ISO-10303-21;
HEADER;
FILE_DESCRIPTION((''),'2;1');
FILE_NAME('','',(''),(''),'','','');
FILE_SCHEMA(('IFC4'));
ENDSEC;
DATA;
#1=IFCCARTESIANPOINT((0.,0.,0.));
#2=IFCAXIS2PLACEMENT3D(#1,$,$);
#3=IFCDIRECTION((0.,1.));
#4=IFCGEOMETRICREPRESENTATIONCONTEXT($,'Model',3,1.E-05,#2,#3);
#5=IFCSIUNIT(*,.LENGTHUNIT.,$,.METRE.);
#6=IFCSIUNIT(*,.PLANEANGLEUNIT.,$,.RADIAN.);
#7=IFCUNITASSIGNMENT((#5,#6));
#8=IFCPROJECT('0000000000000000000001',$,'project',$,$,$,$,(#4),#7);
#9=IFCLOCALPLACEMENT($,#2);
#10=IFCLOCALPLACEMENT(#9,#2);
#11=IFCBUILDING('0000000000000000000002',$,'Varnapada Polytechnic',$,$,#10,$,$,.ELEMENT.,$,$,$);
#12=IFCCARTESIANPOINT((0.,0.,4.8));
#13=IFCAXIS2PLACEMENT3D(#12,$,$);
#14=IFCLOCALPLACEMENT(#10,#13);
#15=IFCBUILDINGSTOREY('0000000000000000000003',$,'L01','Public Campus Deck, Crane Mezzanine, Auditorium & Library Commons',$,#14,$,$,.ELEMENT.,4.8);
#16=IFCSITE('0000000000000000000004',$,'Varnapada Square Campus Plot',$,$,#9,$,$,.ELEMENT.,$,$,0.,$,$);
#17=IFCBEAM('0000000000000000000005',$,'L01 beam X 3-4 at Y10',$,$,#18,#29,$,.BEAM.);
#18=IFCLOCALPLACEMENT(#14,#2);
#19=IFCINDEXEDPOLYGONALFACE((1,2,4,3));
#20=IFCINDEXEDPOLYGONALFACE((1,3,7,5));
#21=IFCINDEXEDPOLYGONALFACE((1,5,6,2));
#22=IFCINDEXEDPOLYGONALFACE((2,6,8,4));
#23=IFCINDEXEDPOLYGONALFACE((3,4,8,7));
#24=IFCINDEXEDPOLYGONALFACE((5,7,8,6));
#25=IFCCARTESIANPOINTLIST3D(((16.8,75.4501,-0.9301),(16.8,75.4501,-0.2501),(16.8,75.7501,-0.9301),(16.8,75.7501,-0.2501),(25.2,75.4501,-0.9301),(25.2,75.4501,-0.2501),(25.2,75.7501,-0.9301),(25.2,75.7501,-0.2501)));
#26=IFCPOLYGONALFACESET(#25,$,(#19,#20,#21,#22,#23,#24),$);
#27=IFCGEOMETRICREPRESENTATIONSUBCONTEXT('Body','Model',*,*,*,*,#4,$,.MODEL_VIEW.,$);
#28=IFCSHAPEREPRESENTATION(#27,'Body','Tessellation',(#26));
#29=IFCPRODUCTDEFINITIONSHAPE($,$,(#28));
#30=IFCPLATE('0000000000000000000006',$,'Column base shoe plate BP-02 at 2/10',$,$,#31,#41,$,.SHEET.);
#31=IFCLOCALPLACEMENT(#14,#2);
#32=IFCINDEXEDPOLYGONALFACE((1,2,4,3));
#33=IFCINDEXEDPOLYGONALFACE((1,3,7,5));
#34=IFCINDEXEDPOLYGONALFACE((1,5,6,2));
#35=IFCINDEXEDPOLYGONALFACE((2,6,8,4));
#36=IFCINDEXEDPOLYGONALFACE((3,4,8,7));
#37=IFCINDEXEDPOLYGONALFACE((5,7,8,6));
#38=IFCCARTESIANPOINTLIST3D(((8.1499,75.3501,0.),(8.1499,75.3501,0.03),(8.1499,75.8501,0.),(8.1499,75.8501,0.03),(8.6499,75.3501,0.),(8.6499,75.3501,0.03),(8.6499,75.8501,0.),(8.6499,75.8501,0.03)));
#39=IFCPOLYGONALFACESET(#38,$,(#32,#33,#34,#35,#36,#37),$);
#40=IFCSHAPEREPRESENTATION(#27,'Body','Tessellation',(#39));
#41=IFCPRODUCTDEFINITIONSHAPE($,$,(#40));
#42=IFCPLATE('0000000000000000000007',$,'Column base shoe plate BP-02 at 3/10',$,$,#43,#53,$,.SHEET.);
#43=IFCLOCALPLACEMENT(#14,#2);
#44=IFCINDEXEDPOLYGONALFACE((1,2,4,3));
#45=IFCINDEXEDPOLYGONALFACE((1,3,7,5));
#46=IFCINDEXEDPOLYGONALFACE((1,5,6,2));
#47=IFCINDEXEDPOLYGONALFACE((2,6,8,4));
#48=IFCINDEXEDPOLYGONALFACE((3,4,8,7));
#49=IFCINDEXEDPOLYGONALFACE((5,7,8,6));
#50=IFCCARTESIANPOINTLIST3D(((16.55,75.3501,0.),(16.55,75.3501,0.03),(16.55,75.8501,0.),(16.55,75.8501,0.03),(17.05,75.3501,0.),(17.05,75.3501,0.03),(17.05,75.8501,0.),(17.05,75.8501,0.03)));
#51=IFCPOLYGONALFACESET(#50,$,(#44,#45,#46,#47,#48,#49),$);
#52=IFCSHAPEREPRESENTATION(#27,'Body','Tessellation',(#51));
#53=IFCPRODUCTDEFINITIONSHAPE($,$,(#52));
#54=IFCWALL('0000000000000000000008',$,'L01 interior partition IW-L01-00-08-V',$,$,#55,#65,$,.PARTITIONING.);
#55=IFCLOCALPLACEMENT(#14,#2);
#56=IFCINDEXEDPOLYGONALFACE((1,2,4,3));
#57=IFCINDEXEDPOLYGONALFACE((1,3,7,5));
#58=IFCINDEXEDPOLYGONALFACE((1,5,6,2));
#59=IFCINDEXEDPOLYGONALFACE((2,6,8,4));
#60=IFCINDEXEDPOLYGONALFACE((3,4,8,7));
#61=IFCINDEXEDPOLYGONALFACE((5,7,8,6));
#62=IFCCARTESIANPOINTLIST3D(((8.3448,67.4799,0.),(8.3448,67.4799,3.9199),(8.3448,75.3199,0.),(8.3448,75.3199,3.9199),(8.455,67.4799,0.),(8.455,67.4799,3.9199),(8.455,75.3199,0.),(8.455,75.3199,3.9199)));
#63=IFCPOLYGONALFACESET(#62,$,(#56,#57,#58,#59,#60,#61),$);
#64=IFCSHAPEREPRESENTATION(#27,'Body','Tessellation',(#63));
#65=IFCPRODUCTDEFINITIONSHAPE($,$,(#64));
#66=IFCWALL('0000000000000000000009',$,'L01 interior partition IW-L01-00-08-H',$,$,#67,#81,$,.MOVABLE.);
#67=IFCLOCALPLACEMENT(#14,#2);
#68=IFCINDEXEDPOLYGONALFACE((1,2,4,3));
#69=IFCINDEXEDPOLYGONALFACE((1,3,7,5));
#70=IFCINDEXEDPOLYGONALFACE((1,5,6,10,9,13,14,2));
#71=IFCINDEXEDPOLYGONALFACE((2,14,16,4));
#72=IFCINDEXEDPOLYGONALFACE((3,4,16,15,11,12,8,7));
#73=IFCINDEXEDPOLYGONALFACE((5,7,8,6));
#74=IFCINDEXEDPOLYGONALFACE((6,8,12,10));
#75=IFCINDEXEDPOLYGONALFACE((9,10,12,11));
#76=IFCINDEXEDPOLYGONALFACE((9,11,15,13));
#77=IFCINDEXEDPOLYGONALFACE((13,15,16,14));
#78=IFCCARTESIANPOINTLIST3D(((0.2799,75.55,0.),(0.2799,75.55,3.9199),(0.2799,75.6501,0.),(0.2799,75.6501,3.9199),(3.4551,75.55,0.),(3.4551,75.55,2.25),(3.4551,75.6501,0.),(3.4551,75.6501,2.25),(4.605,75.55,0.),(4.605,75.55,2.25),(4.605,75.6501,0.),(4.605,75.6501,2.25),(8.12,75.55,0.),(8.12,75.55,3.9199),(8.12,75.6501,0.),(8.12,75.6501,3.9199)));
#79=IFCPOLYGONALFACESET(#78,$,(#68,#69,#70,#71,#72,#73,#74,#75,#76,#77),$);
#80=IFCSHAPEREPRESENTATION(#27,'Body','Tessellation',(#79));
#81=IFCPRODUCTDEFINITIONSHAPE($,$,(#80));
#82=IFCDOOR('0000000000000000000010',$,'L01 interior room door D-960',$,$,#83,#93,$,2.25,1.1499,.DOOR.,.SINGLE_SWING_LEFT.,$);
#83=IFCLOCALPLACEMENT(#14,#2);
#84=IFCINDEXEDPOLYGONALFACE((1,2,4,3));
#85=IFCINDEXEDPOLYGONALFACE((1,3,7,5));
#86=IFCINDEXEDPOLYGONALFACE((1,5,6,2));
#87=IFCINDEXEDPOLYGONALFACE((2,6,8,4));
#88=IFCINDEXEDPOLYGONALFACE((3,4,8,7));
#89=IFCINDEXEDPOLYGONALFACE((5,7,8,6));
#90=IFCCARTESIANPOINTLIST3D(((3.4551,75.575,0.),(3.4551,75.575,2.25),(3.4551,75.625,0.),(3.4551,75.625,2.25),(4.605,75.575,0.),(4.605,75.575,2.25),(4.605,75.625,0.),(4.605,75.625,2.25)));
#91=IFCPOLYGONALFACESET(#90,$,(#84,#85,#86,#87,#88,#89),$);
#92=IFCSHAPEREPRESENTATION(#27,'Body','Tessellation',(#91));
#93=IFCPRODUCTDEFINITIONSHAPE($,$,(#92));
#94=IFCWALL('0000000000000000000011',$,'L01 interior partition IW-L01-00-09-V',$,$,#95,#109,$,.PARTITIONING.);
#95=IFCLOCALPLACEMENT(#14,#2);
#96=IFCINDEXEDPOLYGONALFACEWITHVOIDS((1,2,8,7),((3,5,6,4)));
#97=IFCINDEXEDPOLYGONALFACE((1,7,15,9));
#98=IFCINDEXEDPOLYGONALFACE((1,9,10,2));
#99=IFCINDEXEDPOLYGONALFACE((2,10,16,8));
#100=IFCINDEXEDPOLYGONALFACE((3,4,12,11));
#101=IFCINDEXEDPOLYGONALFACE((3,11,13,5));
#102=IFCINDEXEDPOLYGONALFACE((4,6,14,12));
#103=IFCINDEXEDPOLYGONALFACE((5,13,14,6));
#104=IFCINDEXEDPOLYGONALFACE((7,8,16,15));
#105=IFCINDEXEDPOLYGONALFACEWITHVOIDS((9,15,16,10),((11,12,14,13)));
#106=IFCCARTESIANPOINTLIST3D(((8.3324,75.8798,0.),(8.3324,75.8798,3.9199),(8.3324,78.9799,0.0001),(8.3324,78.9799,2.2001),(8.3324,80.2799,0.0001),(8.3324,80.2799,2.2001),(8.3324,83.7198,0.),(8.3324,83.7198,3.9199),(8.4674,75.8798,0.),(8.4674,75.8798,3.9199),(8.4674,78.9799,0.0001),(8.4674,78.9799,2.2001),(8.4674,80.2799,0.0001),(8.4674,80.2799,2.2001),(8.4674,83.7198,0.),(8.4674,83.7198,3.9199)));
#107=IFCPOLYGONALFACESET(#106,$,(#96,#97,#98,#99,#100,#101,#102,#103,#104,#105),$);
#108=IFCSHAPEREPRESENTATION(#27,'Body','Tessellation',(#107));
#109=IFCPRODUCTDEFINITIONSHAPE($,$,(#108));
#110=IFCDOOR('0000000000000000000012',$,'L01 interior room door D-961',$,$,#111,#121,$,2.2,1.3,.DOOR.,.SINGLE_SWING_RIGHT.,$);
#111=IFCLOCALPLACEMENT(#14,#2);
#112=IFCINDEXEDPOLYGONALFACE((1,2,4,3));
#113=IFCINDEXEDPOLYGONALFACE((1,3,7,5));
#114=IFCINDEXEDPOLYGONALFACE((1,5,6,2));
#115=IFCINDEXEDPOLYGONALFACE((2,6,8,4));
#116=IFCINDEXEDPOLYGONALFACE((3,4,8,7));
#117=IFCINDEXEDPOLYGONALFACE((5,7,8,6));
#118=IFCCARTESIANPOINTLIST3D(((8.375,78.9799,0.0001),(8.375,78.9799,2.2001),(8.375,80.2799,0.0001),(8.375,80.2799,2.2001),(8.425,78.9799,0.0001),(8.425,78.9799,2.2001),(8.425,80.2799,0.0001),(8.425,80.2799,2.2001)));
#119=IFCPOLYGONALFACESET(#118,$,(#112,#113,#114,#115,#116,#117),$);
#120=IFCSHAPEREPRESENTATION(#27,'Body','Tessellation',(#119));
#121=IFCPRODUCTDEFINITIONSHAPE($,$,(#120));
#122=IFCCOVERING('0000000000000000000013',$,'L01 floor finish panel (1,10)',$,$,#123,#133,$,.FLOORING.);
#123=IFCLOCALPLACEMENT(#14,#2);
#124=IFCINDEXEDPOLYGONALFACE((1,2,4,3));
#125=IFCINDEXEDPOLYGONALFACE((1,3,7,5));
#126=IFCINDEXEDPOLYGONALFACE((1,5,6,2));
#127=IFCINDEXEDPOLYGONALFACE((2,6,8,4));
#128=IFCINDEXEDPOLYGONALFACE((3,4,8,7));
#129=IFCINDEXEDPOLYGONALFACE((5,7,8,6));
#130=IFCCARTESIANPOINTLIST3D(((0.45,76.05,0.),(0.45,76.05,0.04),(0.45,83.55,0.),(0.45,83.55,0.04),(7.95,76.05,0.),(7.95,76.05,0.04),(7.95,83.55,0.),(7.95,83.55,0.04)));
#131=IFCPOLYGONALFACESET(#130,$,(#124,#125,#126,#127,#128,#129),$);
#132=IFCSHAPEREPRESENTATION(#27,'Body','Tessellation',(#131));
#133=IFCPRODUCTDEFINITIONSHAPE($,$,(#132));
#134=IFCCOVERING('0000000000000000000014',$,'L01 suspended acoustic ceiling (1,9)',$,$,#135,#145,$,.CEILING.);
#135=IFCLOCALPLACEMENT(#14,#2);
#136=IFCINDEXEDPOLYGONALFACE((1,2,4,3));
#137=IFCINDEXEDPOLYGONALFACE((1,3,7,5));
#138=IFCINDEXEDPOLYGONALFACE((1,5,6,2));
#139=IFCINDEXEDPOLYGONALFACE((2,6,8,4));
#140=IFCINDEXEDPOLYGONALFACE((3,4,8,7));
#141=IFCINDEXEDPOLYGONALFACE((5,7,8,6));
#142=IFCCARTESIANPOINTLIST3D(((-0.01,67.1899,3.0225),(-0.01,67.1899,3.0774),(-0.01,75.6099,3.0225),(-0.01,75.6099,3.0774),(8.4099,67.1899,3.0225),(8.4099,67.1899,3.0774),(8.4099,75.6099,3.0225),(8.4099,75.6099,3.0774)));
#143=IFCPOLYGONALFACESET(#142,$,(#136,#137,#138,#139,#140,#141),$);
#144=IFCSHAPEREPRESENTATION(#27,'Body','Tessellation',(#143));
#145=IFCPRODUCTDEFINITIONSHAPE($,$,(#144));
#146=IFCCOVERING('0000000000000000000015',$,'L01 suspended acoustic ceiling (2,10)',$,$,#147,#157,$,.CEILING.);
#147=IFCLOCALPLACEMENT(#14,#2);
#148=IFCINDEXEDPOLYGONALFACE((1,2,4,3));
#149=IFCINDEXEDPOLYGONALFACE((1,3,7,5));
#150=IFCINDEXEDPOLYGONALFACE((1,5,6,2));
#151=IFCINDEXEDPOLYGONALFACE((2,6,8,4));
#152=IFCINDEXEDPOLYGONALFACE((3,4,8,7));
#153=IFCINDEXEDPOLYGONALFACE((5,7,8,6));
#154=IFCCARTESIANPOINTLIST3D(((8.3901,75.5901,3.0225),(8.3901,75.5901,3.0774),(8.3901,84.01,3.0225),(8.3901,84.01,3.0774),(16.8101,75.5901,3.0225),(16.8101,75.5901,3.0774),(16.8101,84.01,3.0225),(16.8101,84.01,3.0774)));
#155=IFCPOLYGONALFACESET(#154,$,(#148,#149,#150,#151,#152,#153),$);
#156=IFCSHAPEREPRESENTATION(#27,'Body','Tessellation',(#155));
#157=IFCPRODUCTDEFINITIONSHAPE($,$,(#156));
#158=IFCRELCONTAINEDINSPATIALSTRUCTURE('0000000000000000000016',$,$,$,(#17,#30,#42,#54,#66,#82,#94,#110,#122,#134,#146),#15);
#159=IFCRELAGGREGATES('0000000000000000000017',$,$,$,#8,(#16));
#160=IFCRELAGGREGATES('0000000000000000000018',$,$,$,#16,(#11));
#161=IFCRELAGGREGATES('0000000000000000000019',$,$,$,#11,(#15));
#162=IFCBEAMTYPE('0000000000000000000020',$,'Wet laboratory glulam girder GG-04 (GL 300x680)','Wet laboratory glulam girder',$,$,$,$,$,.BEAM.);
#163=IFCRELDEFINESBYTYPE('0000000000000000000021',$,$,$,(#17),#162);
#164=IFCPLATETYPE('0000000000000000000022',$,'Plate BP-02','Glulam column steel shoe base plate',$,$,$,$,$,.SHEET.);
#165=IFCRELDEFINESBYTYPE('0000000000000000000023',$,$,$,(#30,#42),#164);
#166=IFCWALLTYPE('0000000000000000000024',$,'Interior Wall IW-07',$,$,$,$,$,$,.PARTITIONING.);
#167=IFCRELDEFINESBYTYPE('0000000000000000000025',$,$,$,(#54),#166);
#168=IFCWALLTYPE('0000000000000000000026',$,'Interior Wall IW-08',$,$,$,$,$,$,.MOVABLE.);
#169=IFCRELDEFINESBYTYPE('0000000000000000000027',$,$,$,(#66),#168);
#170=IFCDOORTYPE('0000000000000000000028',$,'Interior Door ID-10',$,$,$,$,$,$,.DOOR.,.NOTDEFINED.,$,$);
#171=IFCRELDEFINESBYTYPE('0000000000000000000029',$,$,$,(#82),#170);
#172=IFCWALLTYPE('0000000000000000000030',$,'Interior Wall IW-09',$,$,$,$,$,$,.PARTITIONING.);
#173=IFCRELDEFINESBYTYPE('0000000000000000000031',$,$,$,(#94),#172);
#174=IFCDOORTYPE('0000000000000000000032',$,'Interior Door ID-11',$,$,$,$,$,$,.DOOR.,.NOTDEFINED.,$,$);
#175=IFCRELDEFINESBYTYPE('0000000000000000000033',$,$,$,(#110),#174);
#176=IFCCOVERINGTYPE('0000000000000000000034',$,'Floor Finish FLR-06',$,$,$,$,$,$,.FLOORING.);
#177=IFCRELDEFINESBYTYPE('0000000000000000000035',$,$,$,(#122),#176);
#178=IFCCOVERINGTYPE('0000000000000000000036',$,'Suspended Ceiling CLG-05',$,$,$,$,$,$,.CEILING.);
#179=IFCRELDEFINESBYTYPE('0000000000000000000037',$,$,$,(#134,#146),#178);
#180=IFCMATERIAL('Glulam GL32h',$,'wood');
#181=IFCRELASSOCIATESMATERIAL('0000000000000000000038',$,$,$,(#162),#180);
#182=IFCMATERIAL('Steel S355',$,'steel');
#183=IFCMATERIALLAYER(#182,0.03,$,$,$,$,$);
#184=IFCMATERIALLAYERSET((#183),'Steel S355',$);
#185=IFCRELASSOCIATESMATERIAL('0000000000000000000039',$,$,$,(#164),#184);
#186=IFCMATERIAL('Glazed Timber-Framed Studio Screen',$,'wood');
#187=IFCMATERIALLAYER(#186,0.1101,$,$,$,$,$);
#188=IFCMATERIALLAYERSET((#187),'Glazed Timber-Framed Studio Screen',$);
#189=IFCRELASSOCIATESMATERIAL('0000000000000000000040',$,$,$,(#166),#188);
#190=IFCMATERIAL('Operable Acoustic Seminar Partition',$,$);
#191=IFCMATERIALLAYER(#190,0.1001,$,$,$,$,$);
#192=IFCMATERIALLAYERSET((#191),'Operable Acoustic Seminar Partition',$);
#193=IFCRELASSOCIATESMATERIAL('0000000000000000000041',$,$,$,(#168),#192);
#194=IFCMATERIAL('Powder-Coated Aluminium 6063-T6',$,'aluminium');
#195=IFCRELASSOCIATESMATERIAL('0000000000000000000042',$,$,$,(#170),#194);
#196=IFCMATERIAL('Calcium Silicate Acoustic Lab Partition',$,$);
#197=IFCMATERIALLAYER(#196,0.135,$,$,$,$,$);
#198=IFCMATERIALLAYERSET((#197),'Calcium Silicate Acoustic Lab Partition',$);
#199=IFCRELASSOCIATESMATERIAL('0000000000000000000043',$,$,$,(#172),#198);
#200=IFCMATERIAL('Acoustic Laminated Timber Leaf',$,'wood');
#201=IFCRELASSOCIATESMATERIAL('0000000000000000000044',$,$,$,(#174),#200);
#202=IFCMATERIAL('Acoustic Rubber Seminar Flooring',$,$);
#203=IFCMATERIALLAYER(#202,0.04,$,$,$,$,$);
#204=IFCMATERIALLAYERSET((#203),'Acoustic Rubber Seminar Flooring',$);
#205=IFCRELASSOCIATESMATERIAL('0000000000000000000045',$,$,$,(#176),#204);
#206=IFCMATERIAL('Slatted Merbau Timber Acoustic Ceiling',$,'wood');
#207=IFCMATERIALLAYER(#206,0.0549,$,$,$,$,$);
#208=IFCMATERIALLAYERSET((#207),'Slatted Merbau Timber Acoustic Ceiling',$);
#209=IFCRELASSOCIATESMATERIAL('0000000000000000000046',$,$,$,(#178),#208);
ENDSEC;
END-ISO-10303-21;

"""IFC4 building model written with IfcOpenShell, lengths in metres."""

from ifc_helpers import new_model, si_unit, direction, frame, frame_2d, origin, origin_2d, place, context, subcontext, project, spatial, rectangle, extrude, material, layer, layer_set, material_profile, profile_set, type_object, element, fill, save


model = new_model("IFC4")

# Units and contexts
model_context = context("Model", 3, precision=1e-05, world=origin(), true_north=direction((0.0, 1.0)))
body_context = subcontext(model_context, "Body", "Model", "MODEL_VIEW")
ifc_project = project(units=[si_unit("LENGTHUNIT", "METRE"), si_unit("PLANEANGLEUNIT", "RADIAN")], contexts=[model_context])

# Site, building, storey
site_placement = place(None, origin())
site = spatial("IfcSite", under=ifc_project, at=site_placement, Name="Varnapada Square Campus Plot", CompositionType="ELEMENT", RefElevation=0.0)
building_placement = place(site_placement, origin())
building = spatial("IfcBuilding", under=site, at=building_placement, Name="Varnapada Polytechnic", CompositionType="ELEMENT")
storey_placement = place(building_placement, frame((0.0, 0.0, 4.8)))
storey = spatial("IfcBuildingStorey", under=building, at=storey_placement, Name="L01", Description="Public Campus Deck, Crane Mezzanine, Auditorium & Library Commons", CompositionType="ELEMENT", Elevation=4.8)

# Shared definitions
ifc_material_1 = material(Name="Glulam GL32h", Category="wood")

# Beam
ifc_material_profile_1 = material_profile(ifc_material_1, rectangle(XDim=0.3, YDim=0.6799, at=origin_2d()), Name="GL 300x680")
ifc_profile_set_1 = profile_set([ifc_material_profile_1], Name="Glulam GL32h")
beam_type_1 = type_object("IfcBeamType", Name="Wet laboratory glulam girder GG-04 (GL 300x680)", Description="Wet laboratory glulam girder", PredefinedType="BEAM", material=ifc_profile_set_1)
for number, where, z_axis, x_axis, name in (
    (1, (16.8, 75.6001, -0.5901), (1.0, 0.0, 0.0), (0.0, 1.0, 0.0), "L01 beam X 3-4 at Y10"),
):
    element("IfcBeam", number, at=place(storey_placement, frame(where, z_axis=z_axis, x_axis=x_axis)), inside=storey, type_object=beam_type_1, Name=name, PredefinedType="BEAM", context=body_context, shape_type="SweptSolid", body=[
        extrude(rectangle(XDim=0.3, YDim=0.6799, at=origin_2d()), origin(), (0.0, 0.0, 1.0), 8.3999),
    ])

# Plates
ifc_material_2 = material(Name="Steel S355", Category="steel")
ifc_layer_1 = layer(ifc_material_2, 0.03)
ifc_layer_set_1 = layer_set([ifc_layer_1], Name="Steel S355")
plate_type = type_object("IfcPlateType", Name="Plate BP-02", Description="Glulam column steel shoe base plate", PredefinedType="SHEET", material=ifc_layer_set_1)
for number, where, z_axis, x_axis, name in (
    (2, (8.3999, 75.6001, 0.0), (0.0, 0.0, 1.0), (1.0, 0.0, 0.0), "Column base shoe plate BP-02 at 2/10"),
    (3, (16.8, 75.6001, 0.0), (0.0, 0.0, 1.0), (1.0, 0.0, 0.0), "Column base shoe plate BP-02 at 3/10"),
):
    element("IfcPlate", number, at=place(storey_placement, frame(where, z_axis=z_axis, x_axis=x_axis)), inside=storey, type_object=plate_type, Name=name, PredefinedType="SHEET", context=body_context, shape_type="SweptSolid", body=[
        extrude(rectangle(XDim=0.5, YDim=0.5, at=origin_2d()), origin(), (0.0, 0.0, 1.0), 0.03),
    ])

# Wall
ifc_material_3 = material(Name="Glazed Timber-Framed Studio Screen", Category="wood")
ifc_layer_2 = layer(ifc_material_3, 0.1101)
ifc_layer_set_2 = layer_set([ifc_layer_2], Name="Glazed Timber-Framed Studio Screen")
wall_type_1 = type_object("IfcWallType", Name="Interior Wall IW-07", PredefinedType="PARTITIONING", material=ifc_layer_set_2)
wall_1_placement = place(storey_placement, frame((8.3999, 67.48, 0.0), z_axis=(0.0, 0.0, 1.0), x_axis=(0.0, 1.0, 0.0)))
element("IfcWall", 4, at=wall_1_placement, inside=storey, type_object=wall_type_1, Name="L01 interior partition IW-L01-00-08-V", PredefinedType="PARTITIONING", context=body_context, shape_type="SweptSolid", body=[
    extrude(rectangle(XDim=7.8401, YDim=0.1101, at=frame_2d((3.9199, 0.0))), origin(), (0.0, 0.0, 1.0), 3.9199),
])

# Walls, openings, doors
ifc_material_4 = material(Name="Operable Acoustic Seminar Partition")
ifc_layer_3 = layer(ifc_material_4, 0.1001)
ifc_layer_set_3 = layer_set([ifc_layer_3], Name="Operable Acoustic Seminar Partition")
wall_type_2 = type_object("IfcWallType", Name="Interior Wall IW-08", PredefinedType="MOVABLE", material=ifc_layer_set_3)
wall_2_placement = place(storey_placement, frame((0.28, 75.6001, 0.0), z_axis=(0.0, 0.0, 1.0), x_axis=(1.0, 0.0, 0.0)))
wall_2 = element("IfcWall", 5, at=wall_2_placement, inside=storey, type_object=wall_type_2, Name="L01 interior partition IW-L01-00-08-H", PredefinedType="MOVABLE", context=body_context, shape_type="SweptSolid", body=[
    extrude(rectangle(XDim=7.8401, YDim=0.1001, at=frame_2d((3.9199, 0.0))), origin(), (0.0, 0.0, 1.0), 3.9199),
])
opening_1_placement = place(wall_2_placement, frame((3.175, 0.0, 0.0)))
opening_1 = element("IfcOpeningElement", 6, at=opening_1_placement, cuts=wall_2, PredefinedType="OPENING", context=body_context, shape_type="SweptSolid", body=[
    extrude(rectangle(XDim=1.1499, YDim=2.25, at=frame_2d((0.575, 1.125))), frame((0.0, 0.0601, 0.0), z_axis=(0.0, -1.0, 0.0), x_axis=(1.0, 0.0, 0.0)), (0.0, 0.0, 1.0), 0.1201),
])
ifc_material_5 = material(Name="Powder-Coated Aluminium 6063-T6", Category="aluminium")
door_type_1 = type_object("IfcDoorType", Name="Interior Door ID-10", OperationType="NOTDEFINED", PredefinedType="DOOR", material=ifc_material_5)
door_1_placement = place(opening_1_placement, origin())
door_1 = element("IfcDoor", 7, at=door_1_placement, inside=storey, type_object=door_type_1, Name="L01 interior room door D-960", OperationType="SINGLE_SWING_LEFT", OverallHeight=2.25, OverallWidth=1.1499, PredefinedType="DOOR", context=body_context, shape_type="SweptSolid", body=[
    extrude(rectangle(XDim=1.1499, YDim=2.25, at=frame_2d((0.575, 1.125))), frame((0.0, 0.0249, 0.0), z_axis=(0.0, -1.0, 0.0), x_axis=(1.0, 0.0, 0.0)), (0.0, 0.0, 1.0), 0.05),
])
fill(opening_1, door_1)
ifc_material_6 = material(Name="Calcium Silicate Acoustic Lab Partition")
ifc_layer_4 = layer(ifc_material_6, 0.135)
ifc_layer_set_4 = layer_set([ifc_layer_4], Name="Calcium Silicate Acoustic Lab Partition")
wall_type_3 = type_object("IfcWallType", Name="Interior Wall IW-09", PredefinedType="PARTITIONING", material=ifc_layer_set_4)
wall_3_placement = place(storey_placement, frame((8.3999, 75.8799, 0.0), z_axis=(0.0, 0.0, 1.0), x_axis=(0.0, 1.0, 0.0)))
wall_3 = element("IfcWall", 8, at=wall_3_placement, inside=storey, type_object=wall_type_3, Name="L01 interior partition IW-L01-00-09-V", PredefinedType="PARTITIONING", context=body_context, shape_type="SweptSolid", body=[
    extrude(rectangle(XDim=7.8401, YDim=0.135, at=frame_2d((3.9199, 0.0))), origin(), (0.0, 0.0, 1.0), 3.9199),
])
opening_2_placement = place(wall_3_placement, frame((3.1001, 0.0, 0.0)))
opening_2 = element("IfcOpeningElement", 9, at=opening_2_placement, cuts=wall_3, PredefinedType="OPENING", context=body_context, shape_type="SweptSolid", body=[
    extrude(rectangle(XDim=1.3, YDim=2.2, at=frame_2d((0.6499, 1.1001))), frame((0.0, 0.0774, 0.0), z_axis=(0.0, -1.0, 0.0), x_axis=(1.0, 0.0, 0.0)), (0.0, 0.0, 1.0), 0.155),
])
ifc_material_7 = material(Name="Acoustic Laminated Timber Leaf", Category="wood")
door_type_2 = type_object("IfcDoorType", Name="Interior Door ID-11", OperationType="NOTDEFINED", PredefinedType="DOOR", material=ifc_material_7)
door_2_placement = place(opening_2_placement, origin())
door_2 = element("IfcDoor", 10, at=door_2_placement, inside=storey, type_object=door_type_2, Name="L01 interior room door D-961", OperationType="SINGLE_SWING_RIGHT", OverallHeight=2.2, OverallWidth=1.3, PredefinedType="DOOR", context=body_context, shape_type="SweptSolid", body=[
    extrude(rectangle(XDim=1.3, YDim=2.2, at=frame_2d((0.6499, 1.1001))), frame((0.0, 0.0249, 0.0), z_axis=(0.0, -1.0, 0.0), x_axis=(1.0, 0.0, 0.0)), (0.0, 0.0, 1.0), 0.05),
])
fill(opening_2, door_2)

# Covering
ifc_material_8 = material(Name="Acoustic Rubber Seminar Flooring")
ifc_layer_5 = layer(ifc_material_8, 0.04)
ifc_layer_set_5 = layer_set([ifc_layer_5], Name="Acoustic Rubber Seminar Flooring")
covering_type_1 = type_object("IfcCoveringType", Name="Floor Finish FLR-06", PredefinedType="FLOORING", material=ifc_layer_set_5)
covering_placement = place(storey_placement, frame((4.2, 79.8, 0.0), z_axis=(0.0, 0.0, 1.0), x_axis=(1.0, 0.0, 0.0)))
element("IfcCovering", 11, at=covering_placement, inside=storey, type_object=covering_type_1, Name="L01 floor finish panel (1,10)", PredefinedType="FLOORING", context=body_context, shape_type="SweptSolid", body=[
    extrude(rectangle(XDim=7.5, YDim=7.5, at=origin_2d()), origin(), (0.0, 0.0, 1.0), 0.04),
])

# Coverings
ifc_material_9 = material(Name="Slatted Merbau Timber Acoustic Ceiling", Category="wood")
ifc_layer_6 = layer(ifc_material_9, 0.0549)
ifc_layer_set_6 = layer_set([ifc_layer_6], Name="Slatted Merbau Timber Acoustic Ceiling")
covering_type_2 = type_object("IfcCoveringType", Name="Suspended Ceiling CLG-05", PredefinedType="CEILING", material=ifc_layer_set_6)
for number, where, z_axis, x_axis, name in (
    (12, (4.2, 71.3999, 3.0225), (0.0, 0.0, 1.0), (1.0, 0.0, 0.0), "L01 suspended acoustic ceiling (1,9)"),
    (13, (12.6001, 79.8, 3.0225), (0.0, 0.0, 1.0), (1.0, 0.0, 0.0), "L01 suspended acoustic ceiling (2,10)"),
):
    element("IfcCovering", number, at=place(storey_placement, frame(where, z_axis=z_axis, x_axis=x_axis)), inside=storey, type_object=covering_type_2, Name=name, PredefinedType="CEILING", context=body_context, shape_type="SweptSolid", body=[
        extrude(rectangle(XDim=8.4199, YDim=8.4199, at=origin_2d()), origin(), (0.0, 0.0, 1.0), 0.0549),
    ])

save(model, "model.ifc")
